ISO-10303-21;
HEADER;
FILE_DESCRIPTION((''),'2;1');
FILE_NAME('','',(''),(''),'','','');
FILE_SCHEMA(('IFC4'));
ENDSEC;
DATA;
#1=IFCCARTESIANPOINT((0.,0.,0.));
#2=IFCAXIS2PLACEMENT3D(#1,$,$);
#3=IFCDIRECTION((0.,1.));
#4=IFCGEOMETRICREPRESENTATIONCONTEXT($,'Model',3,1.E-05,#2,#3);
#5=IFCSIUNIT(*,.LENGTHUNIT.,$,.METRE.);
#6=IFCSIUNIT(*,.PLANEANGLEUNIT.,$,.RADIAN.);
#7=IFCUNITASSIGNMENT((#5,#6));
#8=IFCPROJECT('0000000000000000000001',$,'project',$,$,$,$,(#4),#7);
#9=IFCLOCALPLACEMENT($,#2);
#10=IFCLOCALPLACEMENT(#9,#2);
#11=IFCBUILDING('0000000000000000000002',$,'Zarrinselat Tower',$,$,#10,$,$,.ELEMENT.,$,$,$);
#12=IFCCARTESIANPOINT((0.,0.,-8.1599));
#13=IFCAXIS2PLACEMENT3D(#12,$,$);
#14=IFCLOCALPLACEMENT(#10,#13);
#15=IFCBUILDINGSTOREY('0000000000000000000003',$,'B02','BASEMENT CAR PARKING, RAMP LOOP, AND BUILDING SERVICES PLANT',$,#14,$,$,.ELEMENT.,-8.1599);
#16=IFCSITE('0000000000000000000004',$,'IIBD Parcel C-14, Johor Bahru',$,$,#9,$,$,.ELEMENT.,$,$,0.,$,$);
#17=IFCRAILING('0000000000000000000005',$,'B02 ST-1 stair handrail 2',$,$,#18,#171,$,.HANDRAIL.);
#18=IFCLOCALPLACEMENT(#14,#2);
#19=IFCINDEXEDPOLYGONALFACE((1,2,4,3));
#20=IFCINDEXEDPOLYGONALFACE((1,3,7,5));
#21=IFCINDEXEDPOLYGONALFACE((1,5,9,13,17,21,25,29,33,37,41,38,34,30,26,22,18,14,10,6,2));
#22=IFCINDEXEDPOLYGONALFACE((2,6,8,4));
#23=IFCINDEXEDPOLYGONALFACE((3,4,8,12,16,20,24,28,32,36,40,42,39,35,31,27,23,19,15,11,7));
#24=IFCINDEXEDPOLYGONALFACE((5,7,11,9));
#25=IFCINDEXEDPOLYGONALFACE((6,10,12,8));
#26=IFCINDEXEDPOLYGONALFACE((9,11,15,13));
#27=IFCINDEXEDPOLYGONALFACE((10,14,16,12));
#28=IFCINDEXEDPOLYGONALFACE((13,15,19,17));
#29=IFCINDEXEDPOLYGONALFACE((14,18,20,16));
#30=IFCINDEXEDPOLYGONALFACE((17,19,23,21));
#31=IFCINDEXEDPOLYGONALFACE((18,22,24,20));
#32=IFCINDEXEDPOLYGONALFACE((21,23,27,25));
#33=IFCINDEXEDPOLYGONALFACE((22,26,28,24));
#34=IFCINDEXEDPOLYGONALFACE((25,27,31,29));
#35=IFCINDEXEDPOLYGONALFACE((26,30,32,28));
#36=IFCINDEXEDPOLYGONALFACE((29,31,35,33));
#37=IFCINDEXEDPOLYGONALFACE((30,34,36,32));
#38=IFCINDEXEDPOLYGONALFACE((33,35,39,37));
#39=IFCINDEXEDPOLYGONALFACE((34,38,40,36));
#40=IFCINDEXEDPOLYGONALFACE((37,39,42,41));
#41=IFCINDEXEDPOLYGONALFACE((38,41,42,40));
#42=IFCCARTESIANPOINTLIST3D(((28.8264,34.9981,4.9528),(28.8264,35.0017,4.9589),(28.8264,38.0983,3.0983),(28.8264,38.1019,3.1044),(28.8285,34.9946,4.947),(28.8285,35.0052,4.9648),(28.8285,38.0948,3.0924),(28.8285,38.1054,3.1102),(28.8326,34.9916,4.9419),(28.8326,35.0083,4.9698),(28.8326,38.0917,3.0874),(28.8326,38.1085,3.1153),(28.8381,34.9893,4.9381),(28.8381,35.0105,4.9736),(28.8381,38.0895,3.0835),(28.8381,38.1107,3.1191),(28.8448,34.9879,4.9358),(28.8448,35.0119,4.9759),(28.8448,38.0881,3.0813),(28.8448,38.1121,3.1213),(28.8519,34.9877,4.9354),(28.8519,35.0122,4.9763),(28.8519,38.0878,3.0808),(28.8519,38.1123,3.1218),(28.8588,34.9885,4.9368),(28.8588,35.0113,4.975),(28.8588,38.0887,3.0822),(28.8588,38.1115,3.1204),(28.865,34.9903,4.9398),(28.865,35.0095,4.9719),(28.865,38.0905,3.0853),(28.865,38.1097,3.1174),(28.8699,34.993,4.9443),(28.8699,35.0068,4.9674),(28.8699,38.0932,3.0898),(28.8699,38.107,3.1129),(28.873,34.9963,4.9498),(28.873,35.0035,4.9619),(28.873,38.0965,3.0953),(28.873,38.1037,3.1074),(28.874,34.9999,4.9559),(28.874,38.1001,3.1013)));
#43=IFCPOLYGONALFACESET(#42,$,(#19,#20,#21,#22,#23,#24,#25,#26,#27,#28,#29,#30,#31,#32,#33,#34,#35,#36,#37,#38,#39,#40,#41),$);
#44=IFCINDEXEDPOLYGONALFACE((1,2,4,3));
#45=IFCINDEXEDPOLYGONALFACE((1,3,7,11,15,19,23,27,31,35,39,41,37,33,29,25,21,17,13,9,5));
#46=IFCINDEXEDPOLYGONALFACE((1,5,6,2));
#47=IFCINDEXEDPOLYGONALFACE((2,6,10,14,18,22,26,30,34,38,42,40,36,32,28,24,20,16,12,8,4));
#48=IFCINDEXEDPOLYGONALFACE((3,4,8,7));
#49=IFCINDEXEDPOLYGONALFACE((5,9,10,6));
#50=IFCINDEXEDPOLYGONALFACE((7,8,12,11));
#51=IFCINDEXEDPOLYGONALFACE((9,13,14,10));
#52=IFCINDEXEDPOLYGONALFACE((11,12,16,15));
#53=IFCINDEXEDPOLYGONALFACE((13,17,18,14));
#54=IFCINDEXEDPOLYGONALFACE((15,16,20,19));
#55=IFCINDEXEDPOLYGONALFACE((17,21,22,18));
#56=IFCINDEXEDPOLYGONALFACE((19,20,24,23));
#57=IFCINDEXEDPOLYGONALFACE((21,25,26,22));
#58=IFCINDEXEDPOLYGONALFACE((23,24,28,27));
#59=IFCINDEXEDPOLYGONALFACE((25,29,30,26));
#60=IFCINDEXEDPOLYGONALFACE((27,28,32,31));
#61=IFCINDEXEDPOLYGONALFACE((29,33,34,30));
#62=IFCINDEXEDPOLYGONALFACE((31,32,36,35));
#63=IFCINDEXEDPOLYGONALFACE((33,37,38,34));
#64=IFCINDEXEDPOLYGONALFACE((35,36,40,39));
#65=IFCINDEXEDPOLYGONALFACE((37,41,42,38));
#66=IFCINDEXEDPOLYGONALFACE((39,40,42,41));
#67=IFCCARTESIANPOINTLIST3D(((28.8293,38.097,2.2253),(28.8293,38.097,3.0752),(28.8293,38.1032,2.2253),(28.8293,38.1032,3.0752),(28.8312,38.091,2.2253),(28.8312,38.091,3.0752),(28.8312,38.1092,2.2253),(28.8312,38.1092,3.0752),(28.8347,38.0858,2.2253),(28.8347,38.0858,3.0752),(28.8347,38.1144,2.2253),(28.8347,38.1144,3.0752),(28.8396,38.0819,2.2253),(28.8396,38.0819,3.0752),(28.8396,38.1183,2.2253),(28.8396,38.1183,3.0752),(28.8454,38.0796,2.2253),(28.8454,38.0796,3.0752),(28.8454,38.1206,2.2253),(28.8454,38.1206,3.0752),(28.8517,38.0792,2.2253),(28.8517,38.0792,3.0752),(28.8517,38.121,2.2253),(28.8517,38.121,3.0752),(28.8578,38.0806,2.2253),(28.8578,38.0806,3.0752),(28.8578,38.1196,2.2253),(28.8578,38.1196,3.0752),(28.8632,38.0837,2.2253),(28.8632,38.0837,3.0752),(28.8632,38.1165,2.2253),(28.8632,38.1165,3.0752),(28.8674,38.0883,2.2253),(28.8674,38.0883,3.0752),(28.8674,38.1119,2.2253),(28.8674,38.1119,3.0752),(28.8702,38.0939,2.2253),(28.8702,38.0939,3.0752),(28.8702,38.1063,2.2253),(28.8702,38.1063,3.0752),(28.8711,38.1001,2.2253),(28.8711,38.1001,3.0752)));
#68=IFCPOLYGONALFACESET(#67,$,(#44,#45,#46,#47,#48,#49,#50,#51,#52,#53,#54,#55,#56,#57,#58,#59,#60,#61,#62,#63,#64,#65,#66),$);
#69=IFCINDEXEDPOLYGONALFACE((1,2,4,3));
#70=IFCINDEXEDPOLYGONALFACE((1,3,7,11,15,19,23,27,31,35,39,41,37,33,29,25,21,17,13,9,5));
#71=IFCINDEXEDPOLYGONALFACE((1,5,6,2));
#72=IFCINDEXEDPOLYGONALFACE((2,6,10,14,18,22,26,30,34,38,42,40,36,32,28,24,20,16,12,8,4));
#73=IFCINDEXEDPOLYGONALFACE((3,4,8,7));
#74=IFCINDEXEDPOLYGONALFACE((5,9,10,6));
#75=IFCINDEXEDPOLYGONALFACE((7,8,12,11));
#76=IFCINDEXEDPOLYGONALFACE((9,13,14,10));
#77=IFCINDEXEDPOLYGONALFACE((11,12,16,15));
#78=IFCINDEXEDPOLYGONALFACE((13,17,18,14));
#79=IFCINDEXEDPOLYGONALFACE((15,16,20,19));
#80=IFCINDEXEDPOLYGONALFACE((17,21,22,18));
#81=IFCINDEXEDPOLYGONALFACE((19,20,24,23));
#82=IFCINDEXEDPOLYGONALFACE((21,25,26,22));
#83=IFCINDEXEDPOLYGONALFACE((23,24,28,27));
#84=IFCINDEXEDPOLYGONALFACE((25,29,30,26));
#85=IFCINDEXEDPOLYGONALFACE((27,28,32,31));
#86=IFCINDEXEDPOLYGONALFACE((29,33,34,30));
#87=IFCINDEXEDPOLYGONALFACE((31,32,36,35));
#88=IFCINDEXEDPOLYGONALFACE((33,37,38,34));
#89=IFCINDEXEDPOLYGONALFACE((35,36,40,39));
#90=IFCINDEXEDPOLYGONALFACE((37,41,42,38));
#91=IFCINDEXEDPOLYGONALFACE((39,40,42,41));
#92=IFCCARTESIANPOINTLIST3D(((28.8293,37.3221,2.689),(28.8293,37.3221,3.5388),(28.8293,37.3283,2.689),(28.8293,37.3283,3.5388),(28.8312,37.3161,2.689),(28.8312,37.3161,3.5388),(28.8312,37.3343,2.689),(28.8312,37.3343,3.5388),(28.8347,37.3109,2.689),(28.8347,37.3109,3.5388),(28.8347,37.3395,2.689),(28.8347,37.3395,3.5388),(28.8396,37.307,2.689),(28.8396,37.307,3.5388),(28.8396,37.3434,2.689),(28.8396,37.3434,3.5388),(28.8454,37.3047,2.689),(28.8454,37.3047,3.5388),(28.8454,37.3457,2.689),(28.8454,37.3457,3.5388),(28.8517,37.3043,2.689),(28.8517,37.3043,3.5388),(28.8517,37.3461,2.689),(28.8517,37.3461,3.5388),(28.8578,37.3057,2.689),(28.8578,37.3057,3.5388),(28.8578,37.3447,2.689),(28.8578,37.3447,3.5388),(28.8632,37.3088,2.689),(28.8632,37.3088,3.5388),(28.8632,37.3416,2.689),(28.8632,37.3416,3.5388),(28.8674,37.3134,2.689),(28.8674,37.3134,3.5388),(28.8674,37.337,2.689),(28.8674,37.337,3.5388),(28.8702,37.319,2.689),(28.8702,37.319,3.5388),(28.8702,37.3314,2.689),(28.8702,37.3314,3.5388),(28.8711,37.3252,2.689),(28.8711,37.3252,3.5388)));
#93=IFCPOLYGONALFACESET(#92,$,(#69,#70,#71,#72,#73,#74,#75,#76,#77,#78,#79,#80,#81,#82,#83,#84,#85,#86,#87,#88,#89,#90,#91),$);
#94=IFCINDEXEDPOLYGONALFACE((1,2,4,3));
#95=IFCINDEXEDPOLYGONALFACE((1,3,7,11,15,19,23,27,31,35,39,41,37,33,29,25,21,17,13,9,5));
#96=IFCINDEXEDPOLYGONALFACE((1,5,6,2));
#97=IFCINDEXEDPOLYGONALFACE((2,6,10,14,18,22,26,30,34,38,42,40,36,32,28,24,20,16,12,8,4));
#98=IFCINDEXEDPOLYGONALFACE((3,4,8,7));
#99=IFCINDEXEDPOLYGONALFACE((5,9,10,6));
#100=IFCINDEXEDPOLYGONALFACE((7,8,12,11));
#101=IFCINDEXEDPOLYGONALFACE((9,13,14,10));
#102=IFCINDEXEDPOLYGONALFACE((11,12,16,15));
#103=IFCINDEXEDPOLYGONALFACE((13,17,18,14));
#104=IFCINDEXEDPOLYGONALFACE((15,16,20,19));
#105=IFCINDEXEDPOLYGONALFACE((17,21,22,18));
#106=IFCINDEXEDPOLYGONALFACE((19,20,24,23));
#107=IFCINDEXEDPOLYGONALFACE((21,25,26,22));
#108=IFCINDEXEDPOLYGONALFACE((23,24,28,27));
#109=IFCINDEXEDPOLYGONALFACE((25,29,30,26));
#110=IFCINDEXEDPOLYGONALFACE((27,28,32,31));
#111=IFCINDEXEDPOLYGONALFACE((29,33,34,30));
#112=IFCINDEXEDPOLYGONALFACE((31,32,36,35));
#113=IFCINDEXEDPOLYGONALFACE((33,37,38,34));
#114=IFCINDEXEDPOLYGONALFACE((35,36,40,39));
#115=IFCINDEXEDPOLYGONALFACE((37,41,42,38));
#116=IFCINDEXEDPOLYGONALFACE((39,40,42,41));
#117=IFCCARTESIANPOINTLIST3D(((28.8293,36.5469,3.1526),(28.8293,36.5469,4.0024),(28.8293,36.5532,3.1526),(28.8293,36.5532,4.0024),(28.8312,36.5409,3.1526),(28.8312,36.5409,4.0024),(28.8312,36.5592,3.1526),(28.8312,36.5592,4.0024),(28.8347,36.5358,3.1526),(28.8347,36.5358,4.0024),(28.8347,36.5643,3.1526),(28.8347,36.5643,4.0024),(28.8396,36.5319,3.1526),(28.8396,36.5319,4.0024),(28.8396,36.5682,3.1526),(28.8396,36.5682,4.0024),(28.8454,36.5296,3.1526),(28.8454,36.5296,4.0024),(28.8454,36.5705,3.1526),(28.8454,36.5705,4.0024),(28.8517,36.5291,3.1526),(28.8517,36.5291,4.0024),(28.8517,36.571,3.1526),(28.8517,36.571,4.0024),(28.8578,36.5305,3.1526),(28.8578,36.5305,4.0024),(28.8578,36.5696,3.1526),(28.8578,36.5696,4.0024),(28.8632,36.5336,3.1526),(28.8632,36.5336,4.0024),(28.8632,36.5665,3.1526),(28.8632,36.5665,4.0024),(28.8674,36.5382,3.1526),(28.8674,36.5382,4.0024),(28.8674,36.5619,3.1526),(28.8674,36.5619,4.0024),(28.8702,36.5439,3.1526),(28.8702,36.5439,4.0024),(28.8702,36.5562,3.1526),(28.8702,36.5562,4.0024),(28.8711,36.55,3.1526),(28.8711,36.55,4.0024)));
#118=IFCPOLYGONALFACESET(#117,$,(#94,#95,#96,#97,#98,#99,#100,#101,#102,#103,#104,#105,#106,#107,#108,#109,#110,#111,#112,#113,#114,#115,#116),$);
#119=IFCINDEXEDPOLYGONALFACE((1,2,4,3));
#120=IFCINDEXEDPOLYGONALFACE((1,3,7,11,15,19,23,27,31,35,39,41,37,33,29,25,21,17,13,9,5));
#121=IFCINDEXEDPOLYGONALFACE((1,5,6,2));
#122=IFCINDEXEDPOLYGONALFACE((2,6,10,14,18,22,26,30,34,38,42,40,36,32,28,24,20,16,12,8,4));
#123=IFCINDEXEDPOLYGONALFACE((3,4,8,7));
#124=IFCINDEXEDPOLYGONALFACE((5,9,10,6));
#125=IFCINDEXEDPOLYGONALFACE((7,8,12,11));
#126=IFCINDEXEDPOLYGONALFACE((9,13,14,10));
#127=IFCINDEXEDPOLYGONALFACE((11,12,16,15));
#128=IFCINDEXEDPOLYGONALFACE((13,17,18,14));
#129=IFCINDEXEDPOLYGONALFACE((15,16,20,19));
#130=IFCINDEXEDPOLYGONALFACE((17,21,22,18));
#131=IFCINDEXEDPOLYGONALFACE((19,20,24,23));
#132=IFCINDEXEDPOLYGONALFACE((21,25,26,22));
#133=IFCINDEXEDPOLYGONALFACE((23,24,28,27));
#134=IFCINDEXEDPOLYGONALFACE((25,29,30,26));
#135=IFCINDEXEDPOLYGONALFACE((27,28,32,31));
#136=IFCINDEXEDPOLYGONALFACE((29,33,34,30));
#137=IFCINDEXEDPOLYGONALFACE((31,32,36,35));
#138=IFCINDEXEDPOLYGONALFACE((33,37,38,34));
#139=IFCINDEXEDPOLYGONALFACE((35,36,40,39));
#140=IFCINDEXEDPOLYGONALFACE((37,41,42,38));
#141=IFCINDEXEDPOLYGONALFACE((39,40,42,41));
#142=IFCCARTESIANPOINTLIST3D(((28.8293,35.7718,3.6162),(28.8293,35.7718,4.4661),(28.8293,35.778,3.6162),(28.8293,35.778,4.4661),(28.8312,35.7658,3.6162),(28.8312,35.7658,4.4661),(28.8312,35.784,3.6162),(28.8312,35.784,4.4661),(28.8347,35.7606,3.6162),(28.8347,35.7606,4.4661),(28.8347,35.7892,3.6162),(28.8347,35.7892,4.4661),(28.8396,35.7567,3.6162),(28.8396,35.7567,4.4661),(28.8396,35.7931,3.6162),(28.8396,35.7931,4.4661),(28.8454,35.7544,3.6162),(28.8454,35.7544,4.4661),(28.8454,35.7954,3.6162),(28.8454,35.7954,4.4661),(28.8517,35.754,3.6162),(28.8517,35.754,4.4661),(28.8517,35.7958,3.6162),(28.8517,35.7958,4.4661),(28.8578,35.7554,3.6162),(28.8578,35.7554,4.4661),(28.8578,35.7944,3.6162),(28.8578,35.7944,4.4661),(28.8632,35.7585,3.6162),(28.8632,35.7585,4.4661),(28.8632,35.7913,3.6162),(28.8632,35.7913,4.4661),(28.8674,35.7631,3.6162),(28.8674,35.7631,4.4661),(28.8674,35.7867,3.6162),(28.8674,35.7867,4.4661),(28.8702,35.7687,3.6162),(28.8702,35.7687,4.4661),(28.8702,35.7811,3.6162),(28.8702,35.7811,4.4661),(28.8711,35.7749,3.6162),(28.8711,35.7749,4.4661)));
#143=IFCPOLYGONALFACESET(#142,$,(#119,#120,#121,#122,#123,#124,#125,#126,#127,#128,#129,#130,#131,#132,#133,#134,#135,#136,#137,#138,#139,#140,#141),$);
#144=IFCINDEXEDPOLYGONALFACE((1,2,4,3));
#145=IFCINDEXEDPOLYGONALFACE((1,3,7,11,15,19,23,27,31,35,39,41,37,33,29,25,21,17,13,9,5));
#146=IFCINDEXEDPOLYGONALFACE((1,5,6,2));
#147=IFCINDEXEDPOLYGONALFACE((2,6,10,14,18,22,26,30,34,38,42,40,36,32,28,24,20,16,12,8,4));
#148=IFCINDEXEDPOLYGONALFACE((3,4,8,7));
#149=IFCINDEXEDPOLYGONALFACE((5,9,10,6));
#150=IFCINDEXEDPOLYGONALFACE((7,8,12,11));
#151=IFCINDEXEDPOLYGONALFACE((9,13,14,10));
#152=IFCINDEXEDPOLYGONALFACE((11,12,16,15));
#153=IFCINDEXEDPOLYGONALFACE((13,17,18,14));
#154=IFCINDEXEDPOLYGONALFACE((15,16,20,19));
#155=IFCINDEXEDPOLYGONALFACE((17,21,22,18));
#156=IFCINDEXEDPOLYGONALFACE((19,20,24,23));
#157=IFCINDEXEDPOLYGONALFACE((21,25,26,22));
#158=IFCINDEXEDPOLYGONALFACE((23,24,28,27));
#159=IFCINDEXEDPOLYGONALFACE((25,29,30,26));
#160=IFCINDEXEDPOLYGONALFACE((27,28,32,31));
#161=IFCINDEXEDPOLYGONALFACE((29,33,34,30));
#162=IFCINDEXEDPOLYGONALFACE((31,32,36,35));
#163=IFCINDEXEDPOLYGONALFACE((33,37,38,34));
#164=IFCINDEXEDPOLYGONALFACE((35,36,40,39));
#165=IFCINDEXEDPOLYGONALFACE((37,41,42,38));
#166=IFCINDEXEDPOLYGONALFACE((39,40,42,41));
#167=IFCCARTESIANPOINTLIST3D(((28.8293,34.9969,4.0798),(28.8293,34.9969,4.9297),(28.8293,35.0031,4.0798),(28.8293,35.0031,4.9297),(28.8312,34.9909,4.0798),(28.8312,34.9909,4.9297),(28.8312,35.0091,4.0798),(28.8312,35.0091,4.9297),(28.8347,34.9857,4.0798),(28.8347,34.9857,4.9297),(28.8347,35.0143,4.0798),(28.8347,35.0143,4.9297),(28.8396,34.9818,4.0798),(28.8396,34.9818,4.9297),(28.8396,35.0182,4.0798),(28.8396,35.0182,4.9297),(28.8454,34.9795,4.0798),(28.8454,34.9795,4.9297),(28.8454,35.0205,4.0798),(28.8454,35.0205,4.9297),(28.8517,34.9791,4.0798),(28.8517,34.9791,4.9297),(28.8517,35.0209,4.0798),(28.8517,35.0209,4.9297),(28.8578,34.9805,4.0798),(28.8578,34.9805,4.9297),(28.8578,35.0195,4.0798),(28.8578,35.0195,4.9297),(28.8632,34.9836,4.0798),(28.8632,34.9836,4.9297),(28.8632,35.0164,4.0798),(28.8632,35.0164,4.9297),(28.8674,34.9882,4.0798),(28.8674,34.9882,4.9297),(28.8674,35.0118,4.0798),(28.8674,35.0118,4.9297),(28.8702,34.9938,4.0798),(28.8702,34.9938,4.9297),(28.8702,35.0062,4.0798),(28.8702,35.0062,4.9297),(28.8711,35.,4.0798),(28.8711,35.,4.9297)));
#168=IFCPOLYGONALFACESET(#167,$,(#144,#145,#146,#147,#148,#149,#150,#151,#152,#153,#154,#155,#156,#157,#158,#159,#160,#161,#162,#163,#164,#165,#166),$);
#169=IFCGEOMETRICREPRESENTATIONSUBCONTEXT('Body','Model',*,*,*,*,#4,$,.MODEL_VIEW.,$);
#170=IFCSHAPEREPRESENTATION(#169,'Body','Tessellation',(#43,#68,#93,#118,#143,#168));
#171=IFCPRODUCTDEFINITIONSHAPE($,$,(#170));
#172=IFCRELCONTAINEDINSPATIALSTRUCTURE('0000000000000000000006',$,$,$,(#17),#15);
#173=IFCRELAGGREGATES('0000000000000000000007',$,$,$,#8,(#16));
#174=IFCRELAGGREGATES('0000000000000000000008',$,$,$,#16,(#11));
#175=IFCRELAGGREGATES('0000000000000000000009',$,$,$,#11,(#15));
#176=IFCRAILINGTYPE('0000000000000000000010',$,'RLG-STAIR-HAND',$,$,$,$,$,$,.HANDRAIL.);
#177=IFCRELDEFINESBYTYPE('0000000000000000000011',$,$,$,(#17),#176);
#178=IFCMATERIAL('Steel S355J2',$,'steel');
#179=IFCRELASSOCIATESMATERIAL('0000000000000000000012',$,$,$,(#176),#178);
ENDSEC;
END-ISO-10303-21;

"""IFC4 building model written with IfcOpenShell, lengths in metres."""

from ifc_helpers import new_model, si_unit, direction, frame, origin, origin_2d, place, context, subcontext, project, spatial, circle, extrude, material, type_object, element, save


model = new_model("IFC4")

# Units and contexts
model_context = context("Model", 3, precision=1e-05, world=origin(), true_north=direction((0.0, 1.0)))
body_context = subcontext(model_context, "Body", "Model", "MODEL_VIEW")
ifc_project = project(units=[si_unit("LENGTHUNIT", "METRE"), si_unit("PLANEANGLEUNIT", "RADIAN")], contexts=[model_context])

# Site, building, storey
site_placement = place(None, origin())
site = spatial("IfcSite", under=ifc_project, at=site_placement, Name="IIBD Parcel C-14, Johor Bahru", CompositionType="ELEMENT", RefElevation=0.0)
building_placement = place(site_placement, origin())
building = spatial("IfcBuilding", under=site, at=building_placement, Name="Zarrinselat Tower", CompositionType="ELEMENT")
storey_placement = place(building_placement, frame((0.0, 0.0, -8.1599)))
storey = spatial("IfcBuildingStorey", under=building, at=storey_placement, Name="B02", Description="BASEMENT CAR PARKING, RAMP LOOP, AND BUILDING SERVICES PLANT", CompositionType="ELEMENT", Elevation=-8.1599)

# Railing
ifc_material_1 = material(Name="Steel S355J2", Category="steel")
railing_type_1 = type_object("IfcRailingType", Name="RLG-STAIR-HAND", PredefinedType="HANDRAIL", material=ifc_material_1)
railing_1_placement = place(storey_placement, frame((28.8501, 38.1001, 2.2253)))
element("IfcRailing", 1, at=railing_1_placement, inside=storey, type_object=railing_type_1, Name="B02 ST-1 stair handrail 2", PredefinedType="HANDRAIL", context=body_context, shape_type="SweptSolid", body=[
    extrude(circle(Radius=0.0239, at=origin_2d()), frame((0.0, 0.0, 0.876), z_axis=(0.0, -0.858172, 0.513362), x_axis=(1.0, 0.0, 0.0)), (0.0, 0.0, 1.0), 3.6125),
    extrude(circle(Radius=0.021, at=origin_2d()), origin(), (0.0, 0.0, 1.0), 0.8499),
    extrude(circle(Radius=0.021, at=origin_2d()), frame((0.0, -0.7749, 0.4636)), (0.0, 0.0, 1.0), 0.8499),
    extrude(circle(Radius=0.021, at=origin_2d()), frame((0.0, -1.55, 0.9272)), (0.0, 0.0, 1.0), 0.8499),
    extrude(circle(Radius=0.021, at=origin_2d()), frame((0.0, -2.3252, 1.3909)), (0.0, 0.0, 1.0), 0.8499),
    extrude(circle(Radius=0.021, at=origin_2d()), frame((0.0, -3.1001, 1.8545)), (0.0, 0.0, 1.0), 0.8499),
])

save(model, "model.ifc")
